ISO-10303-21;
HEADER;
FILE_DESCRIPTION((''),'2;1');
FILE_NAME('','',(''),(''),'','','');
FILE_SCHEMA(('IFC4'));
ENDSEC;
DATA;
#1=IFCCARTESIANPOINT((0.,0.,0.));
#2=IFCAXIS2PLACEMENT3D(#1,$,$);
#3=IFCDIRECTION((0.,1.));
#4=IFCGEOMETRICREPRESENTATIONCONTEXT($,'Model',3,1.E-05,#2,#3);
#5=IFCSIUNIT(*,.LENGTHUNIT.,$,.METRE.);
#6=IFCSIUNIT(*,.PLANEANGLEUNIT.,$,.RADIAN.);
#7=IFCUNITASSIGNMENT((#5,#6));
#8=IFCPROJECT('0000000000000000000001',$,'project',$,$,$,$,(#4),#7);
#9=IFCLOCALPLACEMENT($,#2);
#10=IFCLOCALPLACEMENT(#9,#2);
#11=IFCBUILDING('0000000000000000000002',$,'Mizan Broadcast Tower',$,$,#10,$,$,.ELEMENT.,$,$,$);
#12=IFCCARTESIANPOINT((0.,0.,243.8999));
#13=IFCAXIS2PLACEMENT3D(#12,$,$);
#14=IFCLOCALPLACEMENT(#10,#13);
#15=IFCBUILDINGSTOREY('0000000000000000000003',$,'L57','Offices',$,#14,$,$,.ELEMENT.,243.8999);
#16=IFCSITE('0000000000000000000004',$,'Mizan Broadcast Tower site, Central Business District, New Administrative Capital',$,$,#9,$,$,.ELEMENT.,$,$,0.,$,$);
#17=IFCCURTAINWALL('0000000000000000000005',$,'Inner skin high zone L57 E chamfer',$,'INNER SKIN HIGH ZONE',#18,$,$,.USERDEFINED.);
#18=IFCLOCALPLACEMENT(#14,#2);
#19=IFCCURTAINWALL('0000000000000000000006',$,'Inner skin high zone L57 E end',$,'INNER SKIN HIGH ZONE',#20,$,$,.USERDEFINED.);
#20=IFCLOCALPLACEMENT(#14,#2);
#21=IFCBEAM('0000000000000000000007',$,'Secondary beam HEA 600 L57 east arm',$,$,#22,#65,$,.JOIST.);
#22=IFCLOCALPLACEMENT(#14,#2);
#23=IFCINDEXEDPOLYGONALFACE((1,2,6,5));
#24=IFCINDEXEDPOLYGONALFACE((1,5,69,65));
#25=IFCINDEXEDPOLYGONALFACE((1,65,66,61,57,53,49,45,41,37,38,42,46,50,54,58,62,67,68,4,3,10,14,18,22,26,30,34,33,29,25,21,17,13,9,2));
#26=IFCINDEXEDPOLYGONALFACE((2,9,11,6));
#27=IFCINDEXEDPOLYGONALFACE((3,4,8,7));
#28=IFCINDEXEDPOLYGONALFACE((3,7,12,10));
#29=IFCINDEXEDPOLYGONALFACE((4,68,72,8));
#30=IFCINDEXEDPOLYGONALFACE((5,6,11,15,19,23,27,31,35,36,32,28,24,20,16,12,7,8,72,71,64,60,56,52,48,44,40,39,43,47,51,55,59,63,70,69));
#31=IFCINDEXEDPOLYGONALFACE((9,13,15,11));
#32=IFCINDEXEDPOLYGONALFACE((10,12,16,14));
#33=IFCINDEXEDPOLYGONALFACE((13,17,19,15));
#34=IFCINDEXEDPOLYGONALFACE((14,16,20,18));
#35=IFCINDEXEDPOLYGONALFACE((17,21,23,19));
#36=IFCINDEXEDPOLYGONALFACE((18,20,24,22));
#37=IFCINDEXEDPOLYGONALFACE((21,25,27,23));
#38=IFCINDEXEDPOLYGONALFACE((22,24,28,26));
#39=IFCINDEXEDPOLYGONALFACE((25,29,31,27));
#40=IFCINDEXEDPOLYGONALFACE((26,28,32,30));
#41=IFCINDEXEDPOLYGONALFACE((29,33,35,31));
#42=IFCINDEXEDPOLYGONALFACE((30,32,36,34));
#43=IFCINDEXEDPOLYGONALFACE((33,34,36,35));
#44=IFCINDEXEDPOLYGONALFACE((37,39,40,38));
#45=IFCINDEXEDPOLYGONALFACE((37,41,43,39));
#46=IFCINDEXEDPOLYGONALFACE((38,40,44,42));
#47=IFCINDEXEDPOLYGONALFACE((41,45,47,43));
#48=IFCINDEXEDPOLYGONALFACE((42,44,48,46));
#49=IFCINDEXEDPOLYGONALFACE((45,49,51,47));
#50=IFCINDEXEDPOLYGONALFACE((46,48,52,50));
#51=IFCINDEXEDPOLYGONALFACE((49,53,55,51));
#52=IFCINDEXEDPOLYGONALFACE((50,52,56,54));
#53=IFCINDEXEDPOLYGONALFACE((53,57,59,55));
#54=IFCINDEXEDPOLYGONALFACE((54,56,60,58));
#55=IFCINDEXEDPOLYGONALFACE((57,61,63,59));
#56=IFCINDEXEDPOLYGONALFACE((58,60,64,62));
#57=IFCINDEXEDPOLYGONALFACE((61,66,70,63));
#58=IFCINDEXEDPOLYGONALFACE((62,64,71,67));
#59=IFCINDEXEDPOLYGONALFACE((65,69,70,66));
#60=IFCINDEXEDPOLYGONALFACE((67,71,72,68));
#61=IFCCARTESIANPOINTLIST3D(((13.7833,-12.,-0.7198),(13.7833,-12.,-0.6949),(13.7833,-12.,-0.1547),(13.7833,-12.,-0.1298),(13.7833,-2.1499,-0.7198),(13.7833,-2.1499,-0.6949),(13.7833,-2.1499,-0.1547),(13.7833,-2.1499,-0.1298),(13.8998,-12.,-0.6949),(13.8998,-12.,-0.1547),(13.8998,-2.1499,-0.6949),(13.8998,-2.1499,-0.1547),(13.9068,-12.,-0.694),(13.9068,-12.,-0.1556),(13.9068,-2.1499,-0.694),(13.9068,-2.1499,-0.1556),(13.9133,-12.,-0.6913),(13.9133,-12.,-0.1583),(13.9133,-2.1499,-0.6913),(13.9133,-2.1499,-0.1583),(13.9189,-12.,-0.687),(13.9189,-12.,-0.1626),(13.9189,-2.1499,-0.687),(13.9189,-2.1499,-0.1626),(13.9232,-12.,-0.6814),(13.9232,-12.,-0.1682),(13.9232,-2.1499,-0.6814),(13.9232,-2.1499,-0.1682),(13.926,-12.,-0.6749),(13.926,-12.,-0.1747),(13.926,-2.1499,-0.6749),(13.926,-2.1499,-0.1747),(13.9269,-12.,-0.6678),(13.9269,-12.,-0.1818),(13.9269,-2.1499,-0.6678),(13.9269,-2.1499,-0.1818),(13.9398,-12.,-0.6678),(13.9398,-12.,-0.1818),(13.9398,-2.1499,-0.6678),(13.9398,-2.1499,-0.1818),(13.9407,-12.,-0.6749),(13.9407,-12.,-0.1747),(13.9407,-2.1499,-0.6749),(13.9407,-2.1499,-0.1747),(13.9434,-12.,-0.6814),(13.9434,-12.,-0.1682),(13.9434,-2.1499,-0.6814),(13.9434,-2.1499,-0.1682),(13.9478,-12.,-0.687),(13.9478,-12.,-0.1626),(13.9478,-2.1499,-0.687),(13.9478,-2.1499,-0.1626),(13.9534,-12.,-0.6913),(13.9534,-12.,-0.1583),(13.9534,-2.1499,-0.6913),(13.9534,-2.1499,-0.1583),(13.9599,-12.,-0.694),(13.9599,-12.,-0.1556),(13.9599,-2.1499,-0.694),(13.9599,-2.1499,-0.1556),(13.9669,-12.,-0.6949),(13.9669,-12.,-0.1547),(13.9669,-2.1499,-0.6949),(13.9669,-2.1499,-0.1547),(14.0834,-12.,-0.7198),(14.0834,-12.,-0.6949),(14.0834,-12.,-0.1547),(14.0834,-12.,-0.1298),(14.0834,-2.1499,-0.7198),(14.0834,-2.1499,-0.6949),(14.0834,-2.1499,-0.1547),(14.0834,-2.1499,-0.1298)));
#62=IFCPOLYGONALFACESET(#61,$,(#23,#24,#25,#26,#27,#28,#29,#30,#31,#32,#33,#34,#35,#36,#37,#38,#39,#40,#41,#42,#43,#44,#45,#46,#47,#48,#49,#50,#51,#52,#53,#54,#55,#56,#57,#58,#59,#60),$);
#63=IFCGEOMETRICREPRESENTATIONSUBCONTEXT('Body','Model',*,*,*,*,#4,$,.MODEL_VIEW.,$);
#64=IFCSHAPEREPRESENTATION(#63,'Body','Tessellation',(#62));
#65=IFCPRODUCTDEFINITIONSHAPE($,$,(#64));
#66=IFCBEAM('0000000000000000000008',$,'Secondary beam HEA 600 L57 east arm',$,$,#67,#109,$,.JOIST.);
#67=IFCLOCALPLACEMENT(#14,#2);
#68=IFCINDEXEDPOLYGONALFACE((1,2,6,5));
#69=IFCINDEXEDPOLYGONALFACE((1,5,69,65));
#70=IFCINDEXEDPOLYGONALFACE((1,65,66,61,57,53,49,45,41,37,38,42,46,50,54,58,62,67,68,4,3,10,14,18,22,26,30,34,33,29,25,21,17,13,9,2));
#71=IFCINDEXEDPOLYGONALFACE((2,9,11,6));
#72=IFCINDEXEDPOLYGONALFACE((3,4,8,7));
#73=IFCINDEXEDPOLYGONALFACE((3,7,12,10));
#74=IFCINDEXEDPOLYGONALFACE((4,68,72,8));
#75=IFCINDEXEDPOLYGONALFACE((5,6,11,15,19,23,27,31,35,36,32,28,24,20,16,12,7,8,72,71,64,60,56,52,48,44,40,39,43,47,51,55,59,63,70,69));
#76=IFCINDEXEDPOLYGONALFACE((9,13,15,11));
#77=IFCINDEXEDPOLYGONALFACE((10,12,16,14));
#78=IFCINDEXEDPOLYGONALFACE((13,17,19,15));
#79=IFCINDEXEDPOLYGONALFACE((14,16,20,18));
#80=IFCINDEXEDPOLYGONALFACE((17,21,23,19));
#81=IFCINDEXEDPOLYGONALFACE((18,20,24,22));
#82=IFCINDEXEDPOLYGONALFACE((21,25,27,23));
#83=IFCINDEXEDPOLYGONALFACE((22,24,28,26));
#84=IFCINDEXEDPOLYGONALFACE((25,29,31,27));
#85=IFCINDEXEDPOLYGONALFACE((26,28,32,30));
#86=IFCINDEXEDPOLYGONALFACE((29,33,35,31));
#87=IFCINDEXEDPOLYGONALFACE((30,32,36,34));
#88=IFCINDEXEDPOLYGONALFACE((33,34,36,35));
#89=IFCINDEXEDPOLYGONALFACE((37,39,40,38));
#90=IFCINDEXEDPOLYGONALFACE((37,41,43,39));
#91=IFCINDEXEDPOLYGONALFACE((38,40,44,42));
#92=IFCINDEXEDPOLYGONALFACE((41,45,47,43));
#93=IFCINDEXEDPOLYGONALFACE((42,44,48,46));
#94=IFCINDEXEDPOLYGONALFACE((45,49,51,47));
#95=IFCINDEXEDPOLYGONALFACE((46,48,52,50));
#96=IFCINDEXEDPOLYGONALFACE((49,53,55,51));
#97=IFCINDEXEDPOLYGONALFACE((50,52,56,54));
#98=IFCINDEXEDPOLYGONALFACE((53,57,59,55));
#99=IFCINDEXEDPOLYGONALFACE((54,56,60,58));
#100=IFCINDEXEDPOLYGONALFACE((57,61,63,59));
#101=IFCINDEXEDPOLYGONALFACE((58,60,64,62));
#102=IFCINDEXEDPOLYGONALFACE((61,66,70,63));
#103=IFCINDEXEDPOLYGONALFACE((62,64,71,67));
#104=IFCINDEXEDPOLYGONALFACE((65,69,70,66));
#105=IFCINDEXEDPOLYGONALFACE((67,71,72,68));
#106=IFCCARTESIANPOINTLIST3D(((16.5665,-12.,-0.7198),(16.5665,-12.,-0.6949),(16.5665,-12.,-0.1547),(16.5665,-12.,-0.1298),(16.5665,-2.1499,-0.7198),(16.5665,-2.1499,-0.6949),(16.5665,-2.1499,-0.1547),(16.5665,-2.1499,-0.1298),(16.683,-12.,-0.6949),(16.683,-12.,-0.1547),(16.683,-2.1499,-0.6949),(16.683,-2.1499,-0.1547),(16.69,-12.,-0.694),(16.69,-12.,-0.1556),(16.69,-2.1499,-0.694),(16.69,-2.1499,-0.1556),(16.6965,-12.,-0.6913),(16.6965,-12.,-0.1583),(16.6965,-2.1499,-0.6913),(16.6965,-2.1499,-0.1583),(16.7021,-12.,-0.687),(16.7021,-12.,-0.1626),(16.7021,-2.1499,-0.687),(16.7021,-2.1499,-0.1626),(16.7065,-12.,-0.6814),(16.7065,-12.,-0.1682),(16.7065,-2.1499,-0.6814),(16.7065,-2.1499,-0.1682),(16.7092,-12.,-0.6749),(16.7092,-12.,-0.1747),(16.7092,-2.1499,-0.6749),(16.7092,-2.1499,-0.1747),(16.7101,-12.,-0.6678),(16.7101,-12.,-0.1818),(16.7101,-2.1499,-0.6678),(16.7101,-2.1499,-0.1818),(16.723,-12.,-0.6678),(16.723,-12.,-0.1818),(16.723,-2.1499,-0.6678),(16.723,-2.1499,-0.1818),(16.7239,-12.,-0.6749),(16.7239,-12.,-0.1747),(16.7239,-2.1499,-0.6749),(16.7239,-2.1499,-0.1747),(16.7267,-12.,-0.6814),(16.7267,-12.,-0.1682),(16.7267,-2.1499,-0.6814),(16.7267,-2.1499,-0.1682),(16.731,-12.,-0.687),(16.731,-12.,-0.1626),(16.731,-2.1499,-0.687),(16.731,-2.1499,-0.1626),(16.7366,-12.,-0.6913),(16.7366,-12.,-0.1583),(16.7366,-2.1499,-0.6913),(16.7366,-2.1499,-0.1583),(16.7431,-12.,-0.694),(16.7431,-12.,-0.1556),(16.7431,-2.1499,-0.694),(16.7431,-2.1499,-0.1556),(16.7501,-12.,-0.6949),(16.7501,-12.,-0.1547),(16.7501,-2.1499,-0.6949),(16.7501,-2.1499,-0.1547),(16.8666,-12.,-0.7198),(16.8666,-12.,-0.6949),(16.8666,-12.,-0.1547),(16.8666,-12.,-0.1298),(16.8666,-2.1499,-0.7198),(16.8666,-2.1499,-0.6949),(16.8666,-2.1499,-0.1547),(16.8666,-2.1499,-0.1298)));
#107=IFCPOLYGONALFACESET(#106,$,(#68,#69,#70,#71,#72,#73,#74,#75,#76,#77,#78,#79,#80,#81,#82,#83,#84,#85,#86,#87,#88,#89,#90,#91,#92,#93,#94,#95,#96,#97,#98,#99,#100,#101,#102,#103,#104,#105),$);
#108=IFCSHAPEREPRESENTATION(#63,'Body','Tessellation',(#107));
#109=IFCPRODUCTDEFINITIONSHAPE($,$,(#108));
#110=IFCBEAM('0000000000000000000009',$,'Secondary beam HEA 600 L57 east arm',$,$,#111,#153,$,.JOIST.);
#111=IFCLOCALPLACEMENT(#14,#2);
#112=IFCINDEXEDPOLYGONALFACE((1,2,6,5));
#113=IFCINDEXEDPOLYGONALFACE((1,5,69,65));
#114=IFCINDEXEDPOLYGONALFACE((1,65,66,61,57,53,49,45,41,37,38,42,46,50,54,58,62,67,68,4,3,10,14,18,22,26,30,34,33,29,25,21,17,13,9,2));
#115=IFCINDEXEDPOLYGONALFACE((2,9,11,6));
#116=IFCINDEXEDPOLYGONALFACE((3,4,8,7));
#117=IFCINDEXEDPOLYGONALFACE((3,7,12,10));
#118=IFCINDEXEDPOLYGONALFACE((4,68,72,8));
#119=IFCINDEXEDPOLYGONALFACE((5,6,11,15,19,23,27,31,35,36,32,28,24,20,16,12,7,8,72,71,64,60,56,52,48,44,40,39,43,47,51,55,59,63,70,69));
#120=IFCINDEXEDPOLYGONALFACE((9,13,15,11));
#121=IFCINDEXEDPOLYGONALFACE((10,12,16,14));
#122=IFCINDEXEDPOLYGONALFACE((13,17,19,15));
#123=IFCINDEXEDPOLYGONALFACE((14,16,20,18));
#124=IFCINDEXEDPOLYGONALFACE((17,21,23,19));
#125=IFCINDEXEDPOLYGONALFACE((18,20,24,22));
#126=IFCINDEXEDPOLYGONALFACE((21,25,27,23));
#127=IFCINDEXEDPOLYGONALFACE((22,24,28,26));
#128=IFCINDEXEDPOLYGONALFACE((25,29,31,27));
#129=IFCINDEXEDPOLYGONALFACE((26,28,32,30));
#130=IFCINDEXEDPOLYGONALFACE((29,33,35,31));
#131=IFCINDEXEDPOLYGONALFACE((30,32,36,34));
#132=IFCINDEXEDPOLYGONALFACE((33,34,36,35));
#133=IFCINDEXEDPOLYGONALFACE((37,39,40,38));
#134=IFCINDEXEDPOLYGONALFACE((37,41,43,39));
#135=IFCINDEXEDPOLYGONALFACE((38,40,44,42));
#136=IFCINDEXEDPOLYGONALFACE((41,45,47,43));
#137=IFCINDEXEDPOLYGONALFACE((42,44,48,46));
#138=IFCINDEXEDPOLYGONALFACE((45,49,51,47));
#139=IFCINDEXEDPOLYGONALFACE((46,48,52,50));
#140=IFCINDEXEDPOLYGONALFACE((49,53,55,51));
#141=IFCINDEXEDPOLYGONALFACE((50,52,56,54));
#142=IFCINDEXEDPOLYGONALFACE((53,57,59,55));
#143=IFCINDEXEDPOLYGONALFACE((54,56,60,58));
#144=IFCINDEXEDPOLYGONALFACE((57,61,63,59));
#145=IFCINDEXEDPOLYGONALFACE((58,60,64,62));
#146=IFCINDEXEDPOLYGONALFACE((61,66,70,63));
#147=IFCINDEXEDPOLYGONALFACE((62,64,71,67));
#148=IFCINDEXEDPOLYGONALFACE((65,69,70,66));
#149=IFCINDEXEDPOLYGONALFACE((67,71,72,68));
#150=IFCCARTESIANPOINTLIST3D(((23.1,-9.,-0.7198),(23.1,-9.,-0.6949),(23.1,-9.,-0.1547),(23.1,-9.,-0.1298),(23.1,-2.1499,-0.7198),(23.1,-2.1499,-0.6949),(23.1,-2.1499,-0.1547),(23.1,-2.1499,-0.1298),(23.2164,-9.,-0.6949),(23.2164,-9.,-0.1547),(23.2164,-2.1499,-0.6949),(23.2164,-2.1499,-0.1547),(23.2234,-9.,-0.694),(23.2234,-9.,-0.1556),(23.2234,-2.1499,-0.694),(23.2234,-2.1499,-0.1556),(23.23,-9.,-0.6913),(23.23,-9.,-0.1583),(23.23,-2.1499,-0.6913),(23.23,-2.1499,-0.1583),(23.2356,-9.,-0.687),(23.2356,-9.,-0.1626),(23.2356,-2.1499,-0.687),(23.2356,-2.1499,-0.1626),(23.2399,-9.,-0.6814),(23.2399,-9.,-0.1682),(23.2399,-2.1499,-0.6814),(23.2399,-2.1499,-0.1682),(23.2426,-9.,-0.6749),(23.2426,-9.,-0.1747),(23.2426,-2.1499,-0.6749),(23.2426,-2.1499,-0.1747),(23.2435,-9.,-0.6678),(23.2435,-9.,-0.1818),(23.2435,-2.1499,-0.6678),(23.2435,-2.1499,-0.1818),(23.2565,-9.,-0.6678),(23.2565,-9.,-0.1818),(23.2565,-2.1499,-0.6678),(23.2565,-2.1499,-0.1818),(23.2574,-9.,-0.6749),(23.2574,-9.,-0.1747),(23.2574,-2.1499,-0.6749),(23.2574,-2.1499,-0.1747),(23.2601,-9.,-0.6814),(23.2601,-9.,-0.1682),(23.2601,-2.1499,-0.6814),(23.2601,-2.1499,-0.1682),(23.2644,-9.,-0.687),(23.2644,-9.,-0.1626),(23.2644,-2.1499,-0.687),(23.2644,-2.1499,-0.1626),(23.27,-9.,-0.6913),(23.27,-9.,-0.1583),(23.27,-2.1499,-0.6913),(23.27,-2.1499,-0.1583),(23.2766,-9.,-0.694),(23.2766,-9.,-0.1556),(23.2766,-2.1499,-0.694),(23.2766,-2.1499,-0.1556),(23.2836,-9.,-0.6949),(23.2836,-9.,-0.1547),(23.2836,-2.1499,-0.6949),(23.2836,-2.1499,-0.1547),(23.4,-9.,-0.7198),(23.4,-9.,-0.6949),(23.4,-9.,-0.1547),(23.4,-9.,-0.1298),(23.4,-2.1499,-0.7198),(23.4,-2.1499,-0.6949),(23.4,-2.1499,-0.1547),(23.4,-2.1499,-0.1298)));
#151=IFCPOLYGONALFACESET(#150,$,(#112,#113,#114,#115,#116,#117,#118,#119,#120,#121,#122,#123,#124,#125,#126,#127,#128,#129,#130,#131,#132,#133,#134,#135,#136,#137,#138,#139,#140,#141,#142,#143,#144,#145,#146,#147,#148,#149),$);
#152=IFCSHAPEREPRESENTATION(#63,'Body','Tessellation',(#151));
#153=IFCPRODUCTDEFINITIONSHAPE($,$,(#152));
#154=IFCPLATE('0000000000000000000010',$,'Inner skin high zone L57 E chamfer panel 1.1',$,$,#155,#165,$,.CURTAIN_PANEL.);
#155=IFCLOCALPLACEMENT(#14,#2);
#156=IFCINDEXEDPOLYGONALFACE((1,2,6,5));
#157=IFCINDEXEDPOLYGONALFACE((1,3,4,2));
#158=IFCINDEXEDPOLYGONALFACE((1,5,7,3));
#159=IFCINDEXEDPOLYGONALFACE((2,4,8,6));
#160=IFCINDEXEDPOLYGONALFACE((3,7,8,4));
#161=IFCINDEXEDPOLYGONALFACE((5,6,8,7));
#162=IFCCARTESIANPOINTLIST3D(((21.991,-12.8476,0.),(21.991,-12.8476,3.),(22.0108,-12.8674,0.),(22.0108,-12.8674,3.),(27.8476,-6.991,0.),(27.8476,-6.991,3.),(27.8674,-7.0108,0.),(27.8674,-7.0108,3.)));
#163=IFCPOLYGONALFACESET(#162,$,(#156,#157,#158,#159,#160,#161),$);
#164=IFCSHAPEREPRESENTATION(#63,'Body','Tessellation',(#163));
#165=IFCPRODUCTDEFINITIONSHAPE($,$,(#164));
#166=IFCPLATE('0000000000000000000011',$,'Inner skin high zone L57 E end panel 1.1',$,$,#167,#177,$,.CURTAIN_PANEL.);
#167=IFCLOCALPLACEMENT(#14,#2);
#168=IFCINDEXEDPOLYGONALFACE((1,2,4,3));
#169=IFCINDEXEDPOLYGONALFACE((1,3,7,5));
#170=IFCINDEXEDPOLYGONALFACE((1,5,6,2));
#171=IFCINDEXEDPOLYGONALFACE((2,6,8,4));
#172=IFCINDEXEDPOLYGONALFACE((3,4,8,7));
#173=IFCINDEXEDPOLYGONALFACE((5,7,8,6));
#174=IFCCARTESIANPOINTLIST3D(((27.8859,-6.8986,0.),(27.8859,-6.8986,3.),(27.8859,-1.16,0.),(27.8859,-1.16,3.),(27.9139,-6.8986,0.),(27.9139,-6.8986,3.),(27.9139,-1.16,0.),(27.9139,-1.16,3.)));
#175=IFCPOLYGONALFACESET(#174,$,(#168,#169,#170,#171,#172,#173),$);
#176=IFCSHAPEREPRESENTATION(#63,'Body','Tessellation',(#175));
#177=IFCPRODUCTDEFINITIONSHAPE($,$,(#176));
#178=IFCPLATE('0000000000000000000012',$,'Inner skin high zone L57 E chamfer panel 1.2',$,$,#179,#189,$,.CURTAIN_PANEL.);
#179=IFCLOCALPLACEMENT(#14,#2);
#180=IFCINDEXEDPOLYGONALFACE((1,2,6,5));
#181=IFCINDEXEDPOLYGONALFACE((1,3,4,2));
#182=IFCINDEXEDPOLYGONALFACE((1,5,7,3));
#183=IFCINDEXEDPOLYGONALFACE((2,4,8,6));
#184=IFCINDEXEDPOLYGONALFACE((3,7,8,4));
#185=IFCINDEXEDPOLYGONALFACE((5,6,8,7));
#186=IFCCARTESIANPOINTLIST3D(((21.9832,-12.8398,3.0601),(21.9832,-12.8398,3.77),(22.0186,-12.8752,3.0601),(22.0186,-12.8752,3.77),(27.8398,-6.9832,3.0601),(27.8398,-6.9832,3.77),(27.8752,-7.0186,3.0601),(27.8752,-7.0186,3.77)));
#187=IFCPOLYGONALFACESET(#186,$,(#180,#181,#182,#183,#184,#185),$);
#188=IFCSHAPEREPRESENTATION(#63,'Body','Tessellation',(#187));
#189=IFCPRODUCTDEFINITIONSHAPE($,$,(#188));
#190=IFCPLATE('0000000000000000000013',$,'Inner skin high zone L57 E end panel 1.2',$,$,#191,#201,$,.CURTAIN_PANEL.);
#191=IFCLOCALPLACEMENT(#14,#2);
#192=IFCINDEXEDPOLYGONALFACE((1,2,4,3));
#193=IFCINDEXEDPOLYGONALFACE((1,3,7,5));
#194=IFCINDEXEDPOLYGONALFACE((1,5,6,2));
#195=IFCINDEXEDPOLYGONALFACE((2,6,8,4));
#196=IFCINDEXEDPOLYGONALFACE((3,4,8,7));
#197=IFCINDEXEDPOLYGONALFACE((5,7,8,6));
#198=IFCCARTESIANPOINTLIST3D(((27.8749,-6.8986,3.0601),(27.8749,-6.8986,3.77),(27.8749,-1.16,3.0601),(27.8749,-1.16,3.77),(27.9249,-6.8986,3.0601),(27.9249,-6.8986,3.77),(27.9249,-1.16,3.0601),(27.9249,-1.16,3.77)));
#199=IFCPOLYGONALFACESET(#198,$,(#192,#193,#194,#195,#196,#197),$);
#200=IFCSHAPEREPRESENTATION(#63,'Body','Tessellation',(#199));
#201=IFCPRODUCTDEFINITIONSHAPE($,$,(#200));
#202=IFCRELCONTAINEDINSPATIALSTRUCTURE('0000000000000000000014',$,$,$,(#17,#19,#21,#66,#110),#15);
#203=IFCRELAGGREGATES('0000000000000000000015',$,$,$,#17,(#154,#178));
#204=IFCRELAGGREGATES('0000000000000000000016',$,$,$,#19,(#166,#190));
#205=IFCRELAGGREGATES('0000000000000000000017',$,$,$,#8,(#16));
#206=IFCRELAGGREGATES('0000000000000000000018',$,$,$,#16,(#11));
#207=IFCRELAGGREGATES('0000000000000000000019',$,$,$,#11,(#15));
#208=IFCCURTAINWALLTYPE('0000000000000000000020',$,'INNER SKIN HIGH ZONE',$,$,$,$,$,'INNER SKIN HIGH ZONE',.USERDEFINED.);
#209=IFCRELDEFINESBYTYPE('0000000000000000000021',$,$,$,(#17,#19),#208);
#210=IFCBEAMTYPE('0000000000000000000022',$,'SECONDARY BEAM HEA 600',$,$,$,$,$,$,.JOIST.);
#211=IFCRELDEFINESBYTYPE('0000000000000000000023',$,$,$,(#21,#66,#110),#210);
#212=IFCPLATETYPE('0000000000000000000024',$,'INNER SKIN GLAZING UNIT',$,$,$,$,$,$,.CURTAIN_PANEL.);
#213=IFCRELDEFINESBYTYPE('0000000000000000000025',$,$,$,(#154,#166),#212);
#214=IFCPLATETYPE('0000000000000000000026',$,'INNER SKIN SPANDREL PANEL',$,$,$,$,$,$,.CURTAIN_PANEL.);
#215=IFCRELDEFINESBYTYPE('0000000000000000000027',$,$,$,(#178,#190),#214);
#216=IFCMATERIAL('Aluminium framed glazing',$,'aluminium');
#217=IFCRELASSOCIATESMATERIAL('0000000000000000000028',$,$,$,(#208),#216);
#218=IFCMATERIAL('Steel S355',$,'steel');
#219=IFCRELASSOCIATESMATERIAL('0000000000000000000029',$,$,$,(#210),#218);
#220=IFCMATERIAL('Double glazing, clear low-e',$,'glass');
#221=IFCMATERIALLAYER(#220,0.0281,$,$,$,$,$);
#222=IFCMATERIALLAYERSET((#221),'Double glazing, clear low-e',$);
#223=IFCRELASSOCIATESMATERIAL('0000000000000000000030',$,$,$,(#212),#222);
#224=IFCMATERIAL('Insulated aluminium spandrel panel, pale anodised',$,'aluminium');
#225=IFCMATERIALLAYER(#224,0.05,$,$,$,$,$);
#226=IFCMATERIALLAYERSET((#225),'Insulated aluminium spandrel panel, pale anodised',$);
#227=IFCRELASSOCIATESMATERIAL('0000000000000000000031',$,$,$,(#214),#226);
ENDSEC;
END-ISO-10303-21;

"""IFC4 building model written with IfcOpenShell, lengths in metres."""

from ifc_helpers import new_model, si_unit, direction, frame, origin, origin_2d, place, context, subcontext, project, spatial, rectangle, i_section, extrude, material, layer, layer_set, material_profile, profile_set, type_object, element, aggregate, save


model = new_model("IFC4")

# Units and contexts
model_context = context("Model", 3, precision=1e-05, world=origin(), true_north=direction((0.0, 1.0)))
body_context = subcontext(model_context, "Body", "Model", "MODEL_VIEW")
ifc_project = project(units=[si_unit("LENGTHUNIT", "METRE"), si_unit("PLANEANGLEUNIT", "RADIAN")], contexts=[model_context])

# Site, building, storey
site_placement = place(None, origin())
site = spatial("IfcSite", under=ifc_project, at=site_placement, Name="Mizan Broadcast Tower site, Central Business District, New Administrative Capital", CompositionType="ELEMENT", RefElevation=0.0)
building_placement = place(site_placement, origin())
building = spatial("IfcBuilding", under=site, at=building_placement, Name="Mizan Broadcast Tower", CompositionType="ELEMENT")
storey_placement = place(building_placement, frame((0.0, 0.0, 243.8999)))
storey = spatial("IfcBuildingStorey", under=building, at=storey_placement, Name="L57", Description="Offices", CompositionType="ELEMENT", Elevation=243.8999)

# Curtain wall
ifc_material_1 = material(Name="Aluminium framed glazing", Category="aluminium")
curtain_wall_type_1 = type_object("IfcCurtainWallType", Name="INNER SKIN HIGH ZONE", ElementType="INNER SKIN HIGH ZONE", PredefinedType="USERDEFINED", material=ifc_material_1)
curtain_wall_1_placement = place(storey_placement, origin())
curtain_wall_1 = element("IfcCurtainWall", 1, at=curtain_wall_1_placement, inside=storey, type_object=curtain_wall_type_1, Name="Inner skin high zone L57 E chamfer", ObjectType="INNER SKIN HIGH ZONE", PredefinedType="USERDEFINED")

# Curtain wall
curtain_wall_2_placement = place(storey_placement, origin())
curtain_wall_2 = element("IfcCurtainWall", 2, at=curtain_wall_2_placement, inside=storey, type_object=curtain_wall_type_1, Name="Inner skin high zone L57 E end", ObjectType="INNER SKIN HIGH ZONE", PredefinedType="USERDEFINED")

# Beams
ifc_material_2 = material(Name="Steel S355", Category="steel")
ifc_material_profile_1 = material_profile(ifc_material_2, i_section(OverallWidth=0.3, OverallDepth=0.5901, WebThickness=0.0129, FlangeThickness=0.0249, FilletRadius=0.0271, at=origin_2d()), Name="HEA 600")
ifc_profile_set_1 = profile_set([ifc_material_profile_1], Name="Steel S355")
beam_type_1 = type_object("IfcBeamType", Name="SECONDARY BEAM HEA 600", PredefinedType="JOIST", material=ifc_profile_set_1)
for number, where, z_axis, x_axis, name in (
    (3, (13.9333, -12.0, -0.4248), (0.0, 1.0, 0.0), (-1.0, 0.0, 0.0), "Secondary beam HEA 600 L57 east arm"),
    (4, (16.7166, -12.0, -0.4248), (0.0, 1.0, 0.0), (-1.0, 0.0, 0.0), "Secondary beam HEA 600 L57 east arm"),
):
    element("IfcBeam", number, at=place(storey_placement, frame(where, z_axis=z_axis, x_axis=x_axis)), inside=storey, type_object=beam_type_1, Name=name, PredefinedType="JOIST", context=body_context, shape_type="SweptSolid", body=[
        extrude(i_section(OverallWidth=0.3, OverallDepth=0.5901, WebThickness=0.0129, FlangeThickness=0.0249, FilletRadius=0.0271, at=origin_2d()), origin(), (0.0, 0.0, 1.0), 9.8501),
    ])
beam_1_placement = place(storey_placement, frame((23.25, -9.0, -0.4248), z_axis=(0.0, 1.0, 0.0), x_axis=(-1.0, 0.0, 0.0)))
element("IfcBeam", 5, at=beam_1_placement, inside=storey, type_object=beam_type_1, Name="Secondary beam HEA 600 L57 east arm", PredefinedType="JOIST", context=body_context, shape_type="SweptSolid", body=[
    extrude(i_section(OverallWidth=0.3, OverallDepth=0.5901, WebThickness=0.0129, FlangeThickness=0.0249, FilletRadius=0.0271, at=origin_2d()), origin(), (0.0, 0.0, 1.0), 6.8501),
])

# Plates
ifc_material_3 = material(Name="Double glazing, clear low-e", Category="glass")
ifc_layer_1 = layer(ifc_material_3, 0.0281)
ifc_layer_set_1 = layer_set([ifc_layer_1], Name="Double glazing, clear low-e")
plate_type_1 = type_object("IfcPlateType", Name="INNER SKIN GLAZING UNIT", PredefinedType="CURTAIN_PANEL", material=ifc_layer_set_1)
plate_1_placement = place(storey_placement, frame((24.9292, -9.9292, 0.0), z_axis=(0.0, 0.0, 1.0), x_axis=(0.707107, 0.707107, 0.0)))
plate_1 = element("IfcPlate", 6, at=plate_1_placement, type_object=plate_type_1, Name="Inner skin high zone L57 E chamfer panel 1.1", PredefinedType="CURTAIN_PANEL", context=body_context, shape_type="SweptSolid", body=[
    extrude(rectangle(XDim=8.2825, YDim=0.0281, at=origin_2d()), origin(), (0.0, 0.0, 1.0), 3.0),
])
plate_2_placement = place(storey_placement, frame((27.8999, -4.0293, 0.0), z_axis=(0.0, 0.0, 1.0), x_axis=(0.0, 1.0, 0.0)))
plate_2 = element("IfcPlate", 7, at=plate_2_placement, type_object=plate_type_1, Name="Inner skin high zone L57 E end panel 1.1", PredefinedType="CURTAIN_PANEL", context=body_context, shape_type="SweptSolid", body=[
    extrude(rectangle(XDim=5.7385, YDim=0.0281, at=origin_2d()), origin(), (0.0, 0.0, 1.0), 3.0),
])
ifc_material_4 = material(Name="Insulated aluminium spandrel panel, pale anodised", Category="aluminium")
ifc_layer_2 = layer(ifc_material_4, 0.05)
ifc_layer_set_2 = layer_set([ifc_layer_2], Name="Insulated aluminium spandrel panel, pale anodised")
plate_type_2 = type_object("IfcPlateType", Name="INNER SKIN SPANDREL PANEL", PredefinedType="CURTAIN_PANEL", material=ifc_layer_set_2)
plate_3_placement = place(storey_placement, frame((24.9292, -9.9292, 3.0601), z_axis=(0.0, 0.0, 1.0), x_axis=(0.707107, 0.707107, 0.0)))
plate_3 = element("IfcPlate", 8, at=plate_3_placement, type_object=plate_type_2, Name="Inner skin high zone L57 E chamfer panel 1.2", PredefinedType="CURTAIN_PANEL", context=body_context, shape_type="SweptSolid", body=[
    extrude(rectangle(XDim=8.2825, YDim=0.05, at=origin_2d()), origin(), (0.0, 0.0, 1.0), 0.71),
])
aggregate(curtain_wall_1, [plate_1, plate_3])
plate_4_placement = place(storey_placement, frame((27.8999, -4.0293, 3.0601), z_axis=(0.0, 0.0, 1.0), x_axis=(0.0, 1.0, 0.0)))
plate_4 = element("IfcPlate", 9, at=plate_4_placement, type_object=plate_type_2, Name="Inner skin high zone L57 E end panel 1.2", PredefinedType="CURTAIN_PANEL", context=body_context, shape_type="SweptSolid", body=[
    extrude(rectangle(XDim=5.7385, YDim=0.05, at=origin_2d()), origin(), (0.0, 0.0, 1.0), 0.71),
])
aggregate(curtain_wall_2, [plate_2, plate_4])

save(model, "model.ifc")
